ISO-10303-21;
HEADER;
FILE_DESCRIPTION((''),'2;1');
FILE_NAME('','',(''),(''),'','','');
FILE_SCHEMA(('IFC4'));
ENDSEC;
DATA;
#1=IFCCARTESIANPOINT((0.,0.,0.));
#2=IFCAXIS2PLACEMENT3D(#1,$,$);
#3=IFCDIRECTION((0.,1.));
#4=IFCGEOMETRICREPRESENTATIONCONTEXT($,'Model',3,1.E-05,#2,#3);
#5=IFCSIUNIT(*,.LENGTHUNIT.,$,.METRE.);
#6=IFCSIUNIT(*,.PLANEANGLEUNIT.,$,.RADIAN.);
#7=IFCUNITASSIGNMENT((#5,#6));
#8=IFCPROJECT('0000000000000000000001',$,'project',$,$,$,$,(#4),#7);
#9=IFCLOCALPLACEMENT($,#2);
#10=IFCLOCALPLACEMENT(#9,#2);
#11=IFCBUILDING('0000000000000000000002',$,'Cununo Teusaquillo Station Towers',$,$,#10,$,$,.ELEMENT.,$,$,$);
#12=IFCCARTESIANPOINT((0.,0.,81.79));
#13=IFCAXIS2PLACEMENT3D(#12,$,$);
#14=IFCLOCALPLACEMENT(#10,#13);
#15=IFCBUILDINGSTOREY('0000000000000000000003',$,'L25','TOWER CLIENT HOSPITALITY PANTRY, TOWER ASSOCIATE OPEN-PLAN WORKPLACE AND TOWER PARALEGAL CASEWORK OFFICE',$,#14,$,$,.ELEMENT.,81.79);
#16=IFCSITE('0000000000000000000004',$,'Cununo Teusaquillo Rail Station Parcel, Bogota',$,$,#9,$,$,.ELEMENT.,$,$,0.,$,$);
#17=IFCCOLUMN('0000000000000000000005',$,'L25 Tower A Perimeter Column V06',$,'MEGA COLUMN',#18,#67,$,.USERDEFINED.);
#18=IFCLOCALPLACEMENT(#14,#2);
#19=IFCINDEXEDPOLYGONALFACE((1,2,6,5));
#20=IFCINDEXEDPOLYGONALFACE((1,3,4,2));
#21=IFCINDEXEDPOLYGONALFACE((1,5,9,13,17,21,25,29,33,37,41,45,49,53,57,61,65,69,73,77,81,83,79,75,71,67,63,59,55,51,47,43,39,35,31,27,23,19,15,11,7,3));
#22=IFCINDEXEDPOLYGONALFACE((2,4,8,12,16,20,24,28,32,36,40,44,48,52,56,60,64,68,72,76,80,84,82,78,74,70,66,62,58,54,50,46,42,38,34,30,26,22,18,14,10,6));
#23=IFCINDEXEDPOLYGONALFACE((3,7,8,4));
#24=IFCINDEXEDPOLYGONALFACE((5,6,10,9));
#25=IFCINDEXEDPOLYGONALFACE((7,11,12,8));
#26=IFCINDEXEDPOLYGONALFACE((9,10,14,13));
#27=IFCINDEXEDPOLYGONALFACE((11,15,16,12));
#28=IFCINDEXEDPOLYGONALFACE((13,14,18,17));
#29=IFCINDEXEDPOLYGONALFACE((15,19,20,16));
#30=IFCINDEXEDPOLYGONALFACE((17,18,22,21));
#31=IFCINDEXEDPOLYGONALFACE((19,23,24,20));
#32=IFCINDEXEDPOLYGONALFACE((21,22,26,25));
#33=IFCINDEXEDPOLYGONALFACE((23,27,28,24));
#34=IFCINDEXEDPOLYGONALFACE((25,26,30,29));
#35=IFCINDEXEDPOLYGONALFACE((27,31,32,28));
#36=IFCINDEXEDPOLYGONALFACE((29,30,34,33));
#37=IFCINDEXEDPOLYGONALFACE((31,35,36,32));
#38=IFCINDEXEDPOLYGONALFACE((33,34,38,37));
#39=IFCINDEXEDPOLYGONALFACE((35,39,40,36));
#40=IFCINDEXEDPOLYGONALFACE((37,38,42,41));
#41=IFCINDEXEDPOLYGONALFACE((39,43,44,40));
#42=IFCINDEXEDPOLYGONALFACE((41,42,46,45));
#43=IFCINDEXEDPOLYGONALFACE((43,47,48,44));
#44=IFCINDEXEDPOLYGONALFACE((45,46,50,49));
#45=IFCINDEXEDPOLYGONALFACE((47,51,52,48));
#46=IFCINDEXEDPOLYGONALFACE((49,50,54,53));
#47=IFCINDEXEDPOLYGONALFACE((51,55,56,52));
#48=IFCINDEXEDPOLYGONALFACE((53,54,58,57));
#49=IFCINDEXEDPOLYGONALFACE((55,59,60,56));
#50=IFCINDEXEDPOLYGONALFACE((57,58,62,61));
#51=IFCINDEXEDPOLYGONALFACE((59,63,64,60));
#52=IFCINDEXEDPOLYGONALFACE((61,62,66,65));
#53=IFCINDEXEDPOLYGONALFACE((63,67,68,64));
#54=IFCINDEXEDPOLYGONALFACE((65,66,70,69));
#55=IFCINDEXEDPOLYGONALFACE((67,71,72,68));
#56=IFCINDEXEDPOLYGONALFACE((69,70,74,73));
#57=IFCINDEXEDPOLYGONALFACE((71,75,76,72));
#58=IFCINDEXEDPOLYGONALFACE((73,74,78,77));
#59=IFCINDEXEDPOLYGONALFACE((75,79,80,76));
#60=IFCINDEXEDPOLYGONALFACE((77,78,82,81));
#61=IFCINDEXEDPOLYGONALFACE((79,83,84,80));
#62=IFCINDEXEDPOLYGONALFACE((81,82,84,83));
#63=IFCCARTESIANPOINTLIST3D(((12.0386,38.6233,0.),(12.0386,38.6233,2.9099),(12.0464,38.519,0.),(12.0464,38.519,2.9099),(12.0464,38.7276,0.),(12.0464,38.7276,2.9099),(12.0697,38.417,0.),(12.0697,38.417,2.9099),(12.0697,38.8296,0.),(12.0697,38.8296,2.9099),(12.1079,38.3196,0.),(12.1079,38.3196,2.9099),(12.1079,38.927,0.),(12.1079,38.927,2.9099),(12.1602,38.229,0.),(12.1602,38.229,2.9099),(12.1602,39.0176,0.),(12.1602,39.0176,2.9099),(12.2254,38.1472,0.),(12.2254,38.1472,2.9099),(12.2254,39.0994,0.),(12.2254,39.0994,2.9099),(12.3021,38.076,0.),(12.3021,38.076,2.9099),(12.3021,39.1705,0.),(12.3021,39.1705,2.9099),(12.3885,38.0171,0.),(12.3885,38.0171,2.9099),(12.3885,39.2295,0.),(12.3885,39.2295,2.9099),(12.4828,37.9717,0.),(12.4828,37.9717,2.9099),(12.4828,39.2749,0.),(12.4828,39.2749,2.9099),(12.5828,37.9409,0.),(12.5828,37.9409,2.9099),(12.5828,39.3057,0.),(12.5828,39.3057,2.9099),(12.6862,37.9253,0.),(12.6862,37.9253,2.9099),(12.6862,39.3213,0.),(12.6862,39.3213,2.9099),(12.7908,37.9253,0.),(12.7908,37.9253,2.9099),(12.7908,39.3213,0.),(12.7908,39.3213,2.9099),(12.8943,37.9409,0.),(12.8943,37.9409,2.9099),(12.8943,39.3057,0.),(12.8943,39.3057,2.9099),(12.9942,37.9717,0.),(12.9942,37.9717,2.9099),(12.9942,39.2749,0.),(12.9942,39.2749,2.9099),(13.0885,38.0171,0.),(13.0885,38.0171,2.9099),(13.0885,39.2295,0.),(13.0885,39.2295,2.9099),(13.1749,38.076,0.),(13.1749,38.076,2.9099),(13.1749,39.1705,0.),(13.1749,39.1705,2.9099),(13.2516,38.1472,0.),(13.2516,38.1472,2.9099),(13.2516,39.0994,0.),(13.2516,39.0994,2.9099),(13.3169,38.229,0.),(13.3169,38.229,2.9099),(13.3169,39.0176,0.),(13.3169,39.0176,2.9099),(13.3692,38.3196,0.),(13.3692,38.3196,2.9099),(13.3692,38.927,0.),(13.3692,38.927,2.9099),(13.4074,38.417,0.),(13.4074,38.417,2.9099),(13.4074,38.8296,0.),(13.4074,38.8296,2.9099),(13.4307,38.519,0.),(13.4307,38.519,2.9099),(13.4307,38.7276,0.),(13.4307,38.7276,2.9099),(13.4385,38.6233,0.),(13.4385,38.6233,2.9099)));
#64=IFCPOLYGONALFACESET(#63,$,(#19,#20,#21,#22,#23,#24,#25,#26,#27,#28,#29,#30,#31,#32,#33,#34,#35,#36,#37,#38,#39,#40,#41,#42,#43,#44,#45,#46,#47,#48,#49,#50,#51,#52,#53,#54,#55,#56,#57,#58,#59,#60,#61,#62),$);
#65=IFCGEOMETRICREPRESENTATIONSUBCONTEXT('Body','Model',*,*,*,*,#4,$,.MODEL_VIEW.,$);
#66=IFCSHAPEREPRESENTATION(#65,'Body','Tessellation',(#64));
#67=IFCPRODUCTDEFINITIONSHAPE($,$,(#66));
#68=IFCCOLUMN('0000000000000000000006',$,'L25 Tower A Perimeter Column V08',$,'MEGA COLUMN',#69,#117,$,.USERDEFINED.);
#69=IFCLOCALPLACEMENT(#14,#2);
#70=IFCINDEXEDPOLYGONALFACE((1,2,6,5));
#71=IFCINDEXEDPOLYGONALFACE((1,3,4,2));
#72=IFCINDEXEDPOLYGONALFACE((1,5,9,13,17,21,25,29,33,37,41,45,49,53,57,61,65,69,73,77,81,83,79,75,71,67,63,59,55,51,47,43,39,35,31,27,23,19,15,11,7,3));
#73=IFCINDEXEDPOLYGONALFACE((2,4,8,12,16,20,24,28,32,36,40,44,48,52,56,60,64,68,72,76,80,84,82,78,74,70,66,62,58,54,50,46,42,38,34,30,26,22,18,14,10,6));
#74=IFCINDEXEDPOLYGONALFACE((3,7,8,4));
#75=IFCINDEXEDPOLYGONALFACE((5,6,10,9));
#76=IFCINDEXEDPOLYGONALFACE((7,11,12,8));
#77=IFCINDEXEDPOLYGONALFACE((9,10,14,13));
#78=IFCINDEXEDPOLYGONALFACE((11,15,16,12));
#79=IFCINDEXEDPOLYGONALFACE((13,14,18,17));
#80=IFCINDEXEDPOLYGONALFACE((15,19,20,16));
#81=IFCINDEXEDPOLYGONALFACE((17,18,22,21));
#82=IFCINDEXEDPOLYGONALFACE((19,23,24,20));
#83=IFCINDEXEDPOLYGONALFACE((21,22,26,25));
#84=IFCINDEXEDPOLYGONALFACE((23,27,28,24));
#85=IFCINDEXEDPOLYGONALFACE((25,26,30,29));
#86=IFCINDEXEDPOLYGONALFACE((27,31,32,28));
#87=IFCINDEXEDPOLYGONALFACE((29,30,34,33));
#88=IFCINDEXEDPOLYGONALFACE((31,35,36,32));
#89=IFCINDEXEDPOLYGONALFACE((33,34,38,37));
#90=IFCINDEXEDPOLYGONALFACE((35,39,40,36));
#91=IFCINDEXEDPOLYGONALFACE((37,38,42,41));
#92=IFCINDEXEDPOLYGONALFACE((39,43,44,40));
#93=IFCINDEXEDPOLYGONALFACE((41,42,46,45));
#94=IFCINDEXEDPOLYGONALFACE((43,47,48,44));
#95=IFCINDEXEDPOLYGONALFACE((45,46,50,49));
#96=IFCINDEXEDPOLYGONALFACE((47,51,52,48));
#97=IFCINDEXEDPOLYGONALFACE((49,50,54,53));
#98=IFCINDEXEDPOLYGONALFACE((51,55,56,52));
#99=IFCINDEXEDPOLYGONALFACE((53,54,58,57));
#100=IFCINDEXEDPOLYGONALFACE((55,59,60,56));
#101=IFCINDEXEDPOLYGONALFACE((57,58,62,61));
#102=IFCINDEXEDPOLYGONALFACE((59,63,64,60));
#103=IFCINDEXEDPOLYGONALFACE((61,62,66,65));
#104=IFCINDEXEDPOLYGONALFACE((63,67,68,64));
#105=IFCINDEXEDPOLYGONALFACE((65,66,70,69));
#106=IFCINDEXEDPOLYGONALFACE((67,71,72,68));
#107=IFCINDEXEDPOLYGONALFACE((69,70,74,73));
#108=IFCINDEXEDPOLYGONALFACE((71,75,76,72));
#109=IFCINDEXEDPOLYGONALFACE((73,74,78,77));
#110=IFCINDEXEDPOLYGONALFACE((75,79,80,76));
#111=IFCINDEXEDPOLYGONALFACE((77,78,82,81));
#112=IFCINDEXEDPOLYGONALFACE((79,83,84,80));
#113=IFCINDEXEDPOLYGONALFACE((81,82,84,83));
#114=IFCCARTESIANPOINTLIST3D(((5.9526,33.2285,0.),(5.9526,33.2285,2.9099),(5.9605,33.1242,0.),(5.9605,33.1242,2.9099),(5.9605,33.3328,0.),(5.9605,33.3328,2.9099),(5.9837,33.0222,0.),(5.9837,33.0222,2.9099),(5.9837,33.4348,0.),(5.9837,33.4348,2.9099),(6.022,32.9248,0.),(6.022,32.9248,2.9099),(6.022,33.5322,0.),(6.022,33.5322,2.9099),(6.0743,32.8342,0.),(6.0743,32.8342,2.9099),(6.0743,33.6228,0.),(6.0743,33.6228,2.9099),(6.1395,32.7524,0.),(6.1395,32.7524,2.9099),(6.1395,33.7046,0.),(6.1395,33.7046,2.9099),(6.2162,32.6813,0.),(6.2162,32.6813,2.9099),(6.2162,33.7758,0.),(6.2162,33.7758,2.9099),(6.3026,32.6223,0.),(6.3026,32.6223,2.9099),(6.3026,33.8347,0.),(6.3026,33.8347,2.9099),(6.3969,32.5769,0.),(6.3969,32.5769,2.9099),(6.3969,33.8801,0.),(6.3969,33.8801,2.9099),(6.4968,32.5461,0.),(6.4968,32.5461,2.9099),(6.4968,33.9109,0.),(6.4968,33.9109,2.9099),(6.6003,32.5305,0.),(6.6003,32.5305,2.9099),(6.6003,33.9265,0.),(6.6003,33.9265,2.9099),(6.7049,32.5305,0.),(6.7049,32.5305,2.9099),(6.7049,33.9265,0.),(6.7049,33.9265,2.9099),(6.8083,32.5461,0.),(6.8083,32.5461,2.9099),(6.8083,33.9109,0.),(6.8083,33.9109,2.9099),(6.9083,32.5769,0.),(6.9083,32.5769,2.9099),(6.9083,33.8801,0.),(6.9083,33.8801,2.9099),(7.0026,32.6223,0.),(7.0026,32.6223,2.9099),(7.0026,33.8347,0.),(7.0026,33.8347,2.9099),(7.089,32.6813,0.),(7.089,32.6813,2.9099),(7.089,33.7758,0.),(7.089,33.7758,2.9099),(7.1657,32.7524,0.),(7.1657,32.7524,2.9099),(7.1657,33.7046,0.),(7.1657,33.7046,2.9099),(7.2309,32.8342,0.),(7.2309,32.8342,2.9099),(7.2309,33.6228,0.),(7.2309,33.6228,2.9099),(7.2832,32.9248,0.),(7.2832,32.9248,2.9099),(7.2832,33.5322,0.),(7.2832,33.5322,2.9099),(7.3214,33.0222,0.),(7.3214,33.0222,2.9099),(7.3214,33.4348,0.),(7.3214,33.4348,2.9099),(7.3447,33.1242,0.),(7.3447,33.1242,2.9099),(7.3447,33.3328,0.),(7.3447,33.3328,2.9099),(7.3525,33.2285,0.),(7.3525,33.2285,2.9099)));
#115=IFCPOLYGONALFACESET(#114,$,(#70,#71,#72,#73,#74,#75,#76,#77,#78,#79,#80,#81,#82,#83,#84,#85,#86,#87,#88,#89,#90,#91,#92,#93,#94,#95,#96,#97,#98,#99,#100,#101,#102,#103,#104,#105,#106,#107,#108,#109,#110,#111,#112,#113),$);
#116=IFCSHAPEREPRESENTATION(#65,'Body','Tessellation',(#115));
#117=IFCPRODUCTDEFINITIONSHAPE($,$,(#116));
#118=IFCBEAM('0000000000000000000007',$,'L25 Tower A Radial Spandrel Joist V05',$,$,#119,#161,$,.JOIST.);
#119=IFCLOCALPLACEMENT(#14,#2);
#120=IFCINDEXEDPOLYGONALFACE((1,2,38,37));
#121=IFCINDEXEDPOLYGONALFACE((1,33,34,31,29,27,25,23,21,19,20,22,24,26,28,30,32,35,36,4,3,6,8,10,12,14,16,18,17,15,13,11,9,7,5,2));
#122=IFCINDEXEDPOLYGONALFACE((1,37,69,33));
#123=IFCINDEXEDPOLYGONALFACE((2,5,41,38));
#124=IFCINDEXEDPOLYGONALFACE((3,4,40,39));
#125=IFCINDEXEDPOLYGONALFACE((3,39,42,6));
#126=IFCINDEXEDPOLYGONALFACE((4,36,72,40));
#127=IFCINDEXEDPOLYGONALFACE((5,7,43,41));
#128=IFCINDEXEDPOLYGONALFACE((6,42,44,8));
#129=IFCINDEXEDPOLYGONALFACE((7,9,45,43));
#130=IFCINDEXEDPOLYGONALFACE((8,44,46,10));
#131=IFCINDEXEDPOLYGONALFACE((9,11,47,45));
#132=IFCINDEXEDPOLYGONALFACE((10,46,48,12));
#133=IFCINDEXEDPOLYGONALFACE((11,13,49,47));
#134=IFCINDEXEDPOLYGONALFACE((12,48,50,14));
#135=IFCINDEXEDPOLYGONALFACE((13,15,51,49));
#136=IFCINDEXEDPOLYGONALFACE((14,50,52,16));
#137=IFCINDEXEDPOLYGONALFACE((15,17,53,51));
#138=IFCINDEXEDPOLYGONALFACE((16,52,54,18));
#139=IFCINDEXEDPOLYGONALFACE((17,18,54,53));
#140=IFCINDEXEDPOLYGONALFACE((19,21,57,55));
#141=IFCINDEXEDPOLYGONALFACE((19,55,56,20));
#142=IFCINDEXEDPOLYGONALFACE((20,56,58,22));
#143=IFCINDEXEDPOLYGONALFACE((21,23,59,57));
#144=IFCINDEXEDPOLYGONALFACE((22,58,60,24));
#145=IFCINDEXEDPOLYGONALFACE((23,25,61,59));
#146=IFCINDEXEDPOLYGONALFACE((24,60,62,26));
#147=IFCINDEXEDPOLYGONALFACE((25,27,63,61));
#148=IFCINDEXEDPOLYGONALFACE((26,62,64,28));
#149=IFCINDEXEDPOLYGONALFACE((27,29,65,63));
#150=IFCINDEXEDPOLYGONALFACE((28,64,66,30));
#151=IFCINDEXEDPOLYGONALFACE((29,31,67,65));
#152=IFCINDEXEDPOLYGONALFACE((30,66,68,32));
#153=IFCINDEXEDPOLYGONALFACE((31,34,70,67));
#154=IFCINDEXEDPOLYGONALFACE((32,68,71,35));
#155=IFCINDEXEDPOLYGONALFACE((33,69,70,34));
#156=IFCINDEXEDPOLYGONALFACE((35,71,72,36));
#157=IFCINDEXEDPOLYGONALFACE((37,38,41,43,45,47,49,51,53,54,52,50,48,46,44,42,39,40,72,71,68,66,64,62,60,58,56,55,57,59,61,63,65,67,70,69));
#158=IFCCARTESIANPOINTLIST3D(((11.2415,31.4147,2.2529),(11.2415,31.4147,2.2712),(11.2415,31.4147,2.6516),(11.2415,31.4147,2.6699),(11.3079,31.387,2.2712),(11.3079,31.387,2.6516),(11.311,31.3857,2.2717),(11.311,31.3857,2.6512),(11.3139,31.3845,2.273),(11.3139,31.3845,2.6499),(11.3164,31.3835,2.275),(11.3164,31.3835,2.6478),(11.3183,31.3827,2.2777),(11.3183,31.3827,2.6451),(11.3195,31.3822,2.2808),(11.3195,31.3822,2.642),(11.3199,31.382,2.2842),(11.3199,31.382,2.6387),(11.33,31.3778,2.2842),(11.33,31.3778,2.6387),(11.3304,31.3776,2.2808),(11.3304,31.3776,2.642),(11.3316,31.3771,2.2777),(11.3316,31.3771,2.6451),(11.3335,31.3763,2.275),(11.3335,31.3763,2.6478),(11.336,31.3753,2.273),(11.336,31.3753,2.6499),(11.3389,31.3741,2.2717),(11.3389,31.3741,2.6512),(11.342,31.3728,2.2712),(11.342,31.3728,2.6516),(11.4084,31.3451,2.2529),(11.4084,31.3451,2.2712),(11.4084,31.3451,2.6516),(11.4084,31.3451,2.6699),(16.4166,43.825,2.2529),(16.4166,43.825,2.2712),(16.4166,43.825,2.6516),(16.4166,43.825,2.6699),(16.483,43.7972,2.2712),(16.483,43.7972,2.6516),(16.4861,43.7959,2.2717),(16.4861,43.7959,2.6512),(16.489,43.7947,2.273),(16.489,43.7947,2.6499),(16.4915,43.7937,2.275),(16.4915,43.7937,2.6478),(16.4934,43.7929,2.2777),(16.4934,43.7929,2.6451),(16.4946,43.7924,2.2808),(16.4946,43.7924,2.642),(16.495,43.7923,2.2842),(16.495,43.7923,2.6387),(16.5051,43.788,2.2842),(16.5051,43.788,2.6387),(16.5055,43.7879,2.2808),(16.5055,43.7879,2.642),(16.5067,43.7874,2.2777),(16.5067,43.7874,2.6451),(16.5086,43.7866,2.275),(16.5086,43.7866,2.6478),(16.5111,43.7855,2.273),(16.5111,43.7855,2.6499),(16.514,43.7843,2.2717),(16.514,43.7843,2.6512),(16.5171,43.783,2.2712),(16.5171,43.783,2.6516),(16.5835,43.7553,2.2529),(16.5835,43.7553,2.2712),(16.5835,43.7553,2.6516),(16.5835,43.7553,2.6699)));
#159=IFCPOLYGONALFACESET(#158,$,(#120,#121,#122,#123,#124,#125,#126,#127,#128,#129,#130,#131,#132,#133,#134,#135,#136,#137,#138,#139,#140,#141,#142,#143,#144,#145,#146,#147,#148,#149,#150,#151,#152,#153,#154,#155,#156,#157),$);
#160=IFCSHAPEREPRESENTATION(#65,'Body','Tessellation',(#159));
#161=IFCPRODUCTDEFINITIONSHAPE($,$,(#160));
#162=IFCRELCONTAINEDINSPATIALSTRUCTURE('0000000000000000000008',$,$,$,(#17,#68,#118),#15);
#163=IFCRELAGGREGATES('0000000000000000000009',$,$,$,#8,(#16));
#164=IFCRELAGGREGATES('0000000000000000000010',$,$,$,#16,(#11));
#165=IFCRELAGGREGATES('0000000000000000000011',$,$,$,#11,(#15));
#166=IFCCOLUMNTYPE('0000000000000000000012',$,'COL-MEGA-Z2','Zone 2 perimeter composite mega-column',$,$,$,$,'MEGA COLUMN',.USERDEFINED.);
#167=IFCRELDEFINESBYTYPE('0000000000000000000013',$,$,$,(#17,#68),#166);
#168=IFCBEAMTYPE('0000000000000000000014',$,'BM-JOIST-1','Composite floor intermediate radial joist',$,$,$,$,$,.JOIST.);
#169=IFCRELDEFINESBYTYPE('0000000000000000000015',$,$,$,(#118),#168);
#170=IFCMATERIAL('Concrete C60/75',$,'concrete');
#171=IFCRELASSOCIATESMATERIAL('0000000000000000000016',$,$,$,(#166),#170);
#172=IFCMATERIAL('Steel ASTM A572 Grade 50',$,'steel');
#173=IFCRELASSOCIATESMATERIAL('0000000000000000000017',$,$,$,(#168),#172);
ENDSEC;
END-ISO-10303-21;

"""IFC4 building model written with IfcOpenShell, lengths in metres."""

from ifc_helpers import new_model, si_unit, direction, frame, origin, origin_2d, place, context, subcontext, project, spatial, circle, i_section, extrude, material, material_profile, profile_set, type_object, element, save


model = new_model("IFC4")

# Units and contexts
model_context = context("Model", 3, precision=1e-05, world=origin(), true_north=direction((0.0, 1.0)))
body_context = subcontext(model_context, "Body", "Model", "MODEL_VIEW")
ifc_project = project(units=[si_unit("LENGTHUNIT", "METRE"), si_unit("PLANEANGLEUNIT", "RADIAN")], contexts=[model_context])

# Site, building, storey
site_placement = place(None, origin())
site = spatial("IfcSite", under=ifc_project, at=site_placement, Name="Cununo Teusaquillo Rail Station Parcel, Bogota", CompositionType="ELEMENT", RefElevation=0.0)
building_placement = place(site_placement, origin())
building = spatial("IfcBuilding", under=site, at=building_placement, Name="Cununo Teusaquillo Station Towers", CompositionType="ELEMENT")
storey_placement = place(building_placement, frame((0.0, 0.0, 81.79)))
storey = spatial("IfcBuildingStorey", under=building, at=storey_placement, Name="L25", Description="TOWER CLIENT HOSPITALITY PANTRY, TOWER ASSOCIATE OPEN-PLAN WORKPLACE AND TOWER PARALEGAL CASEWORK OFFICE", CompositionType="ELEMENT", Elevation=81.79)

# Columns
ifc_material_1 = material(Name="Concrete C60/75", Category="concrete")
ifc_material_profile_1 = material_profile(ifc_material_1, circle(Radius=0.7, at=origin_2d()), Name="RC-CIRC-1400")
ifc_profile_set_1 = profile_set([ifc_material_profile_1], Name="Concrete C60/75")
column_type = type_object("IfcColumnType", Name="COL-MEGA-Z2", Description="Zone 2 perimeter composite mega-column", ElementType="MEGA COLUMN", PredefinedType="USERDEFINED", material=ifc_profile_set_1)
for number, where, z_axis, x_axis, name in (
    (1, (12.7385, 38.6233, 0.0), (0.0, 0.0, 1.0), (1.0, 0.0, 0.0), "L25 Tower A Perimeter Column V06"),
    (2, (6.6526, 33.2285, 0.0), (0.0, 0.0, 1.0), (1.0, 0.0, 0.0), "L25 Tower A Perimeter Column V08"),
):
    element("IfcColumn", number, at=place(storey_placement, frame(where, z_axis=z_axis, x_axis=x_axis)), inside=storey, type_object=column_type, Name=name, ObjectType="MEGA COLUMN", PredefinedType="USERDEFINED", context=body_context, shape_type="SweptSolid", body=[
        extrude(circle(Radius=0.7, at=origin_2d()), origin(), (0.0, 0.0, 1.0), 2.9099),
    ])

# Beam
ifc_material_2 = material(Name="Steel ASTM A572 Grade 50", Category="steel")
ifc_material_profile_2 = material_profile(ifc_material_2, i_section(OverallWidth=0.1809, OverallDepth=0.417, WebThickness=0.011, FlangeThickness=0.0183, FilletRadius=0.0129, at=origin_2d()), Name="W16X57")
ifc_profile_set_2 = profile_set([ifc_material_profile_2], Name="Steel ASTM A572 Grade 50")
beam_type_1 = type_object("IfcBeamType", Name="BM-JOIST-1", Description="Composite floor intermediate radial joist", PredefinedType="JOIST", material=ifc_profile_set_2)
beam_1_placement = place(storey_placement, frame((11.325, 31.3799, 2.4614), z_axis=(0.384878, 0.922967, 0.0), x_axis=(-0.922967, 0.384878, 0.0)))
element("IfcBeam", 3, at=beam_1_placement, inside=storey, type_object=beam_type_1, Name="L25 Tower A Radial Spandrel Joist V05", PredefinedType="JOIST", context=body_context, shape_type="SweptSolid", body=[
    extrude(i_section(OverallWidth=0.1809, OverallDepth=0.417, WebThickness=0.011, FlangeThickness=0.0183, FilletRadius=0.0129, at=origin_2d()), origin(), (0.0, 0.0, 1.0), 13.446),
])

save(model, "model.ifc")
